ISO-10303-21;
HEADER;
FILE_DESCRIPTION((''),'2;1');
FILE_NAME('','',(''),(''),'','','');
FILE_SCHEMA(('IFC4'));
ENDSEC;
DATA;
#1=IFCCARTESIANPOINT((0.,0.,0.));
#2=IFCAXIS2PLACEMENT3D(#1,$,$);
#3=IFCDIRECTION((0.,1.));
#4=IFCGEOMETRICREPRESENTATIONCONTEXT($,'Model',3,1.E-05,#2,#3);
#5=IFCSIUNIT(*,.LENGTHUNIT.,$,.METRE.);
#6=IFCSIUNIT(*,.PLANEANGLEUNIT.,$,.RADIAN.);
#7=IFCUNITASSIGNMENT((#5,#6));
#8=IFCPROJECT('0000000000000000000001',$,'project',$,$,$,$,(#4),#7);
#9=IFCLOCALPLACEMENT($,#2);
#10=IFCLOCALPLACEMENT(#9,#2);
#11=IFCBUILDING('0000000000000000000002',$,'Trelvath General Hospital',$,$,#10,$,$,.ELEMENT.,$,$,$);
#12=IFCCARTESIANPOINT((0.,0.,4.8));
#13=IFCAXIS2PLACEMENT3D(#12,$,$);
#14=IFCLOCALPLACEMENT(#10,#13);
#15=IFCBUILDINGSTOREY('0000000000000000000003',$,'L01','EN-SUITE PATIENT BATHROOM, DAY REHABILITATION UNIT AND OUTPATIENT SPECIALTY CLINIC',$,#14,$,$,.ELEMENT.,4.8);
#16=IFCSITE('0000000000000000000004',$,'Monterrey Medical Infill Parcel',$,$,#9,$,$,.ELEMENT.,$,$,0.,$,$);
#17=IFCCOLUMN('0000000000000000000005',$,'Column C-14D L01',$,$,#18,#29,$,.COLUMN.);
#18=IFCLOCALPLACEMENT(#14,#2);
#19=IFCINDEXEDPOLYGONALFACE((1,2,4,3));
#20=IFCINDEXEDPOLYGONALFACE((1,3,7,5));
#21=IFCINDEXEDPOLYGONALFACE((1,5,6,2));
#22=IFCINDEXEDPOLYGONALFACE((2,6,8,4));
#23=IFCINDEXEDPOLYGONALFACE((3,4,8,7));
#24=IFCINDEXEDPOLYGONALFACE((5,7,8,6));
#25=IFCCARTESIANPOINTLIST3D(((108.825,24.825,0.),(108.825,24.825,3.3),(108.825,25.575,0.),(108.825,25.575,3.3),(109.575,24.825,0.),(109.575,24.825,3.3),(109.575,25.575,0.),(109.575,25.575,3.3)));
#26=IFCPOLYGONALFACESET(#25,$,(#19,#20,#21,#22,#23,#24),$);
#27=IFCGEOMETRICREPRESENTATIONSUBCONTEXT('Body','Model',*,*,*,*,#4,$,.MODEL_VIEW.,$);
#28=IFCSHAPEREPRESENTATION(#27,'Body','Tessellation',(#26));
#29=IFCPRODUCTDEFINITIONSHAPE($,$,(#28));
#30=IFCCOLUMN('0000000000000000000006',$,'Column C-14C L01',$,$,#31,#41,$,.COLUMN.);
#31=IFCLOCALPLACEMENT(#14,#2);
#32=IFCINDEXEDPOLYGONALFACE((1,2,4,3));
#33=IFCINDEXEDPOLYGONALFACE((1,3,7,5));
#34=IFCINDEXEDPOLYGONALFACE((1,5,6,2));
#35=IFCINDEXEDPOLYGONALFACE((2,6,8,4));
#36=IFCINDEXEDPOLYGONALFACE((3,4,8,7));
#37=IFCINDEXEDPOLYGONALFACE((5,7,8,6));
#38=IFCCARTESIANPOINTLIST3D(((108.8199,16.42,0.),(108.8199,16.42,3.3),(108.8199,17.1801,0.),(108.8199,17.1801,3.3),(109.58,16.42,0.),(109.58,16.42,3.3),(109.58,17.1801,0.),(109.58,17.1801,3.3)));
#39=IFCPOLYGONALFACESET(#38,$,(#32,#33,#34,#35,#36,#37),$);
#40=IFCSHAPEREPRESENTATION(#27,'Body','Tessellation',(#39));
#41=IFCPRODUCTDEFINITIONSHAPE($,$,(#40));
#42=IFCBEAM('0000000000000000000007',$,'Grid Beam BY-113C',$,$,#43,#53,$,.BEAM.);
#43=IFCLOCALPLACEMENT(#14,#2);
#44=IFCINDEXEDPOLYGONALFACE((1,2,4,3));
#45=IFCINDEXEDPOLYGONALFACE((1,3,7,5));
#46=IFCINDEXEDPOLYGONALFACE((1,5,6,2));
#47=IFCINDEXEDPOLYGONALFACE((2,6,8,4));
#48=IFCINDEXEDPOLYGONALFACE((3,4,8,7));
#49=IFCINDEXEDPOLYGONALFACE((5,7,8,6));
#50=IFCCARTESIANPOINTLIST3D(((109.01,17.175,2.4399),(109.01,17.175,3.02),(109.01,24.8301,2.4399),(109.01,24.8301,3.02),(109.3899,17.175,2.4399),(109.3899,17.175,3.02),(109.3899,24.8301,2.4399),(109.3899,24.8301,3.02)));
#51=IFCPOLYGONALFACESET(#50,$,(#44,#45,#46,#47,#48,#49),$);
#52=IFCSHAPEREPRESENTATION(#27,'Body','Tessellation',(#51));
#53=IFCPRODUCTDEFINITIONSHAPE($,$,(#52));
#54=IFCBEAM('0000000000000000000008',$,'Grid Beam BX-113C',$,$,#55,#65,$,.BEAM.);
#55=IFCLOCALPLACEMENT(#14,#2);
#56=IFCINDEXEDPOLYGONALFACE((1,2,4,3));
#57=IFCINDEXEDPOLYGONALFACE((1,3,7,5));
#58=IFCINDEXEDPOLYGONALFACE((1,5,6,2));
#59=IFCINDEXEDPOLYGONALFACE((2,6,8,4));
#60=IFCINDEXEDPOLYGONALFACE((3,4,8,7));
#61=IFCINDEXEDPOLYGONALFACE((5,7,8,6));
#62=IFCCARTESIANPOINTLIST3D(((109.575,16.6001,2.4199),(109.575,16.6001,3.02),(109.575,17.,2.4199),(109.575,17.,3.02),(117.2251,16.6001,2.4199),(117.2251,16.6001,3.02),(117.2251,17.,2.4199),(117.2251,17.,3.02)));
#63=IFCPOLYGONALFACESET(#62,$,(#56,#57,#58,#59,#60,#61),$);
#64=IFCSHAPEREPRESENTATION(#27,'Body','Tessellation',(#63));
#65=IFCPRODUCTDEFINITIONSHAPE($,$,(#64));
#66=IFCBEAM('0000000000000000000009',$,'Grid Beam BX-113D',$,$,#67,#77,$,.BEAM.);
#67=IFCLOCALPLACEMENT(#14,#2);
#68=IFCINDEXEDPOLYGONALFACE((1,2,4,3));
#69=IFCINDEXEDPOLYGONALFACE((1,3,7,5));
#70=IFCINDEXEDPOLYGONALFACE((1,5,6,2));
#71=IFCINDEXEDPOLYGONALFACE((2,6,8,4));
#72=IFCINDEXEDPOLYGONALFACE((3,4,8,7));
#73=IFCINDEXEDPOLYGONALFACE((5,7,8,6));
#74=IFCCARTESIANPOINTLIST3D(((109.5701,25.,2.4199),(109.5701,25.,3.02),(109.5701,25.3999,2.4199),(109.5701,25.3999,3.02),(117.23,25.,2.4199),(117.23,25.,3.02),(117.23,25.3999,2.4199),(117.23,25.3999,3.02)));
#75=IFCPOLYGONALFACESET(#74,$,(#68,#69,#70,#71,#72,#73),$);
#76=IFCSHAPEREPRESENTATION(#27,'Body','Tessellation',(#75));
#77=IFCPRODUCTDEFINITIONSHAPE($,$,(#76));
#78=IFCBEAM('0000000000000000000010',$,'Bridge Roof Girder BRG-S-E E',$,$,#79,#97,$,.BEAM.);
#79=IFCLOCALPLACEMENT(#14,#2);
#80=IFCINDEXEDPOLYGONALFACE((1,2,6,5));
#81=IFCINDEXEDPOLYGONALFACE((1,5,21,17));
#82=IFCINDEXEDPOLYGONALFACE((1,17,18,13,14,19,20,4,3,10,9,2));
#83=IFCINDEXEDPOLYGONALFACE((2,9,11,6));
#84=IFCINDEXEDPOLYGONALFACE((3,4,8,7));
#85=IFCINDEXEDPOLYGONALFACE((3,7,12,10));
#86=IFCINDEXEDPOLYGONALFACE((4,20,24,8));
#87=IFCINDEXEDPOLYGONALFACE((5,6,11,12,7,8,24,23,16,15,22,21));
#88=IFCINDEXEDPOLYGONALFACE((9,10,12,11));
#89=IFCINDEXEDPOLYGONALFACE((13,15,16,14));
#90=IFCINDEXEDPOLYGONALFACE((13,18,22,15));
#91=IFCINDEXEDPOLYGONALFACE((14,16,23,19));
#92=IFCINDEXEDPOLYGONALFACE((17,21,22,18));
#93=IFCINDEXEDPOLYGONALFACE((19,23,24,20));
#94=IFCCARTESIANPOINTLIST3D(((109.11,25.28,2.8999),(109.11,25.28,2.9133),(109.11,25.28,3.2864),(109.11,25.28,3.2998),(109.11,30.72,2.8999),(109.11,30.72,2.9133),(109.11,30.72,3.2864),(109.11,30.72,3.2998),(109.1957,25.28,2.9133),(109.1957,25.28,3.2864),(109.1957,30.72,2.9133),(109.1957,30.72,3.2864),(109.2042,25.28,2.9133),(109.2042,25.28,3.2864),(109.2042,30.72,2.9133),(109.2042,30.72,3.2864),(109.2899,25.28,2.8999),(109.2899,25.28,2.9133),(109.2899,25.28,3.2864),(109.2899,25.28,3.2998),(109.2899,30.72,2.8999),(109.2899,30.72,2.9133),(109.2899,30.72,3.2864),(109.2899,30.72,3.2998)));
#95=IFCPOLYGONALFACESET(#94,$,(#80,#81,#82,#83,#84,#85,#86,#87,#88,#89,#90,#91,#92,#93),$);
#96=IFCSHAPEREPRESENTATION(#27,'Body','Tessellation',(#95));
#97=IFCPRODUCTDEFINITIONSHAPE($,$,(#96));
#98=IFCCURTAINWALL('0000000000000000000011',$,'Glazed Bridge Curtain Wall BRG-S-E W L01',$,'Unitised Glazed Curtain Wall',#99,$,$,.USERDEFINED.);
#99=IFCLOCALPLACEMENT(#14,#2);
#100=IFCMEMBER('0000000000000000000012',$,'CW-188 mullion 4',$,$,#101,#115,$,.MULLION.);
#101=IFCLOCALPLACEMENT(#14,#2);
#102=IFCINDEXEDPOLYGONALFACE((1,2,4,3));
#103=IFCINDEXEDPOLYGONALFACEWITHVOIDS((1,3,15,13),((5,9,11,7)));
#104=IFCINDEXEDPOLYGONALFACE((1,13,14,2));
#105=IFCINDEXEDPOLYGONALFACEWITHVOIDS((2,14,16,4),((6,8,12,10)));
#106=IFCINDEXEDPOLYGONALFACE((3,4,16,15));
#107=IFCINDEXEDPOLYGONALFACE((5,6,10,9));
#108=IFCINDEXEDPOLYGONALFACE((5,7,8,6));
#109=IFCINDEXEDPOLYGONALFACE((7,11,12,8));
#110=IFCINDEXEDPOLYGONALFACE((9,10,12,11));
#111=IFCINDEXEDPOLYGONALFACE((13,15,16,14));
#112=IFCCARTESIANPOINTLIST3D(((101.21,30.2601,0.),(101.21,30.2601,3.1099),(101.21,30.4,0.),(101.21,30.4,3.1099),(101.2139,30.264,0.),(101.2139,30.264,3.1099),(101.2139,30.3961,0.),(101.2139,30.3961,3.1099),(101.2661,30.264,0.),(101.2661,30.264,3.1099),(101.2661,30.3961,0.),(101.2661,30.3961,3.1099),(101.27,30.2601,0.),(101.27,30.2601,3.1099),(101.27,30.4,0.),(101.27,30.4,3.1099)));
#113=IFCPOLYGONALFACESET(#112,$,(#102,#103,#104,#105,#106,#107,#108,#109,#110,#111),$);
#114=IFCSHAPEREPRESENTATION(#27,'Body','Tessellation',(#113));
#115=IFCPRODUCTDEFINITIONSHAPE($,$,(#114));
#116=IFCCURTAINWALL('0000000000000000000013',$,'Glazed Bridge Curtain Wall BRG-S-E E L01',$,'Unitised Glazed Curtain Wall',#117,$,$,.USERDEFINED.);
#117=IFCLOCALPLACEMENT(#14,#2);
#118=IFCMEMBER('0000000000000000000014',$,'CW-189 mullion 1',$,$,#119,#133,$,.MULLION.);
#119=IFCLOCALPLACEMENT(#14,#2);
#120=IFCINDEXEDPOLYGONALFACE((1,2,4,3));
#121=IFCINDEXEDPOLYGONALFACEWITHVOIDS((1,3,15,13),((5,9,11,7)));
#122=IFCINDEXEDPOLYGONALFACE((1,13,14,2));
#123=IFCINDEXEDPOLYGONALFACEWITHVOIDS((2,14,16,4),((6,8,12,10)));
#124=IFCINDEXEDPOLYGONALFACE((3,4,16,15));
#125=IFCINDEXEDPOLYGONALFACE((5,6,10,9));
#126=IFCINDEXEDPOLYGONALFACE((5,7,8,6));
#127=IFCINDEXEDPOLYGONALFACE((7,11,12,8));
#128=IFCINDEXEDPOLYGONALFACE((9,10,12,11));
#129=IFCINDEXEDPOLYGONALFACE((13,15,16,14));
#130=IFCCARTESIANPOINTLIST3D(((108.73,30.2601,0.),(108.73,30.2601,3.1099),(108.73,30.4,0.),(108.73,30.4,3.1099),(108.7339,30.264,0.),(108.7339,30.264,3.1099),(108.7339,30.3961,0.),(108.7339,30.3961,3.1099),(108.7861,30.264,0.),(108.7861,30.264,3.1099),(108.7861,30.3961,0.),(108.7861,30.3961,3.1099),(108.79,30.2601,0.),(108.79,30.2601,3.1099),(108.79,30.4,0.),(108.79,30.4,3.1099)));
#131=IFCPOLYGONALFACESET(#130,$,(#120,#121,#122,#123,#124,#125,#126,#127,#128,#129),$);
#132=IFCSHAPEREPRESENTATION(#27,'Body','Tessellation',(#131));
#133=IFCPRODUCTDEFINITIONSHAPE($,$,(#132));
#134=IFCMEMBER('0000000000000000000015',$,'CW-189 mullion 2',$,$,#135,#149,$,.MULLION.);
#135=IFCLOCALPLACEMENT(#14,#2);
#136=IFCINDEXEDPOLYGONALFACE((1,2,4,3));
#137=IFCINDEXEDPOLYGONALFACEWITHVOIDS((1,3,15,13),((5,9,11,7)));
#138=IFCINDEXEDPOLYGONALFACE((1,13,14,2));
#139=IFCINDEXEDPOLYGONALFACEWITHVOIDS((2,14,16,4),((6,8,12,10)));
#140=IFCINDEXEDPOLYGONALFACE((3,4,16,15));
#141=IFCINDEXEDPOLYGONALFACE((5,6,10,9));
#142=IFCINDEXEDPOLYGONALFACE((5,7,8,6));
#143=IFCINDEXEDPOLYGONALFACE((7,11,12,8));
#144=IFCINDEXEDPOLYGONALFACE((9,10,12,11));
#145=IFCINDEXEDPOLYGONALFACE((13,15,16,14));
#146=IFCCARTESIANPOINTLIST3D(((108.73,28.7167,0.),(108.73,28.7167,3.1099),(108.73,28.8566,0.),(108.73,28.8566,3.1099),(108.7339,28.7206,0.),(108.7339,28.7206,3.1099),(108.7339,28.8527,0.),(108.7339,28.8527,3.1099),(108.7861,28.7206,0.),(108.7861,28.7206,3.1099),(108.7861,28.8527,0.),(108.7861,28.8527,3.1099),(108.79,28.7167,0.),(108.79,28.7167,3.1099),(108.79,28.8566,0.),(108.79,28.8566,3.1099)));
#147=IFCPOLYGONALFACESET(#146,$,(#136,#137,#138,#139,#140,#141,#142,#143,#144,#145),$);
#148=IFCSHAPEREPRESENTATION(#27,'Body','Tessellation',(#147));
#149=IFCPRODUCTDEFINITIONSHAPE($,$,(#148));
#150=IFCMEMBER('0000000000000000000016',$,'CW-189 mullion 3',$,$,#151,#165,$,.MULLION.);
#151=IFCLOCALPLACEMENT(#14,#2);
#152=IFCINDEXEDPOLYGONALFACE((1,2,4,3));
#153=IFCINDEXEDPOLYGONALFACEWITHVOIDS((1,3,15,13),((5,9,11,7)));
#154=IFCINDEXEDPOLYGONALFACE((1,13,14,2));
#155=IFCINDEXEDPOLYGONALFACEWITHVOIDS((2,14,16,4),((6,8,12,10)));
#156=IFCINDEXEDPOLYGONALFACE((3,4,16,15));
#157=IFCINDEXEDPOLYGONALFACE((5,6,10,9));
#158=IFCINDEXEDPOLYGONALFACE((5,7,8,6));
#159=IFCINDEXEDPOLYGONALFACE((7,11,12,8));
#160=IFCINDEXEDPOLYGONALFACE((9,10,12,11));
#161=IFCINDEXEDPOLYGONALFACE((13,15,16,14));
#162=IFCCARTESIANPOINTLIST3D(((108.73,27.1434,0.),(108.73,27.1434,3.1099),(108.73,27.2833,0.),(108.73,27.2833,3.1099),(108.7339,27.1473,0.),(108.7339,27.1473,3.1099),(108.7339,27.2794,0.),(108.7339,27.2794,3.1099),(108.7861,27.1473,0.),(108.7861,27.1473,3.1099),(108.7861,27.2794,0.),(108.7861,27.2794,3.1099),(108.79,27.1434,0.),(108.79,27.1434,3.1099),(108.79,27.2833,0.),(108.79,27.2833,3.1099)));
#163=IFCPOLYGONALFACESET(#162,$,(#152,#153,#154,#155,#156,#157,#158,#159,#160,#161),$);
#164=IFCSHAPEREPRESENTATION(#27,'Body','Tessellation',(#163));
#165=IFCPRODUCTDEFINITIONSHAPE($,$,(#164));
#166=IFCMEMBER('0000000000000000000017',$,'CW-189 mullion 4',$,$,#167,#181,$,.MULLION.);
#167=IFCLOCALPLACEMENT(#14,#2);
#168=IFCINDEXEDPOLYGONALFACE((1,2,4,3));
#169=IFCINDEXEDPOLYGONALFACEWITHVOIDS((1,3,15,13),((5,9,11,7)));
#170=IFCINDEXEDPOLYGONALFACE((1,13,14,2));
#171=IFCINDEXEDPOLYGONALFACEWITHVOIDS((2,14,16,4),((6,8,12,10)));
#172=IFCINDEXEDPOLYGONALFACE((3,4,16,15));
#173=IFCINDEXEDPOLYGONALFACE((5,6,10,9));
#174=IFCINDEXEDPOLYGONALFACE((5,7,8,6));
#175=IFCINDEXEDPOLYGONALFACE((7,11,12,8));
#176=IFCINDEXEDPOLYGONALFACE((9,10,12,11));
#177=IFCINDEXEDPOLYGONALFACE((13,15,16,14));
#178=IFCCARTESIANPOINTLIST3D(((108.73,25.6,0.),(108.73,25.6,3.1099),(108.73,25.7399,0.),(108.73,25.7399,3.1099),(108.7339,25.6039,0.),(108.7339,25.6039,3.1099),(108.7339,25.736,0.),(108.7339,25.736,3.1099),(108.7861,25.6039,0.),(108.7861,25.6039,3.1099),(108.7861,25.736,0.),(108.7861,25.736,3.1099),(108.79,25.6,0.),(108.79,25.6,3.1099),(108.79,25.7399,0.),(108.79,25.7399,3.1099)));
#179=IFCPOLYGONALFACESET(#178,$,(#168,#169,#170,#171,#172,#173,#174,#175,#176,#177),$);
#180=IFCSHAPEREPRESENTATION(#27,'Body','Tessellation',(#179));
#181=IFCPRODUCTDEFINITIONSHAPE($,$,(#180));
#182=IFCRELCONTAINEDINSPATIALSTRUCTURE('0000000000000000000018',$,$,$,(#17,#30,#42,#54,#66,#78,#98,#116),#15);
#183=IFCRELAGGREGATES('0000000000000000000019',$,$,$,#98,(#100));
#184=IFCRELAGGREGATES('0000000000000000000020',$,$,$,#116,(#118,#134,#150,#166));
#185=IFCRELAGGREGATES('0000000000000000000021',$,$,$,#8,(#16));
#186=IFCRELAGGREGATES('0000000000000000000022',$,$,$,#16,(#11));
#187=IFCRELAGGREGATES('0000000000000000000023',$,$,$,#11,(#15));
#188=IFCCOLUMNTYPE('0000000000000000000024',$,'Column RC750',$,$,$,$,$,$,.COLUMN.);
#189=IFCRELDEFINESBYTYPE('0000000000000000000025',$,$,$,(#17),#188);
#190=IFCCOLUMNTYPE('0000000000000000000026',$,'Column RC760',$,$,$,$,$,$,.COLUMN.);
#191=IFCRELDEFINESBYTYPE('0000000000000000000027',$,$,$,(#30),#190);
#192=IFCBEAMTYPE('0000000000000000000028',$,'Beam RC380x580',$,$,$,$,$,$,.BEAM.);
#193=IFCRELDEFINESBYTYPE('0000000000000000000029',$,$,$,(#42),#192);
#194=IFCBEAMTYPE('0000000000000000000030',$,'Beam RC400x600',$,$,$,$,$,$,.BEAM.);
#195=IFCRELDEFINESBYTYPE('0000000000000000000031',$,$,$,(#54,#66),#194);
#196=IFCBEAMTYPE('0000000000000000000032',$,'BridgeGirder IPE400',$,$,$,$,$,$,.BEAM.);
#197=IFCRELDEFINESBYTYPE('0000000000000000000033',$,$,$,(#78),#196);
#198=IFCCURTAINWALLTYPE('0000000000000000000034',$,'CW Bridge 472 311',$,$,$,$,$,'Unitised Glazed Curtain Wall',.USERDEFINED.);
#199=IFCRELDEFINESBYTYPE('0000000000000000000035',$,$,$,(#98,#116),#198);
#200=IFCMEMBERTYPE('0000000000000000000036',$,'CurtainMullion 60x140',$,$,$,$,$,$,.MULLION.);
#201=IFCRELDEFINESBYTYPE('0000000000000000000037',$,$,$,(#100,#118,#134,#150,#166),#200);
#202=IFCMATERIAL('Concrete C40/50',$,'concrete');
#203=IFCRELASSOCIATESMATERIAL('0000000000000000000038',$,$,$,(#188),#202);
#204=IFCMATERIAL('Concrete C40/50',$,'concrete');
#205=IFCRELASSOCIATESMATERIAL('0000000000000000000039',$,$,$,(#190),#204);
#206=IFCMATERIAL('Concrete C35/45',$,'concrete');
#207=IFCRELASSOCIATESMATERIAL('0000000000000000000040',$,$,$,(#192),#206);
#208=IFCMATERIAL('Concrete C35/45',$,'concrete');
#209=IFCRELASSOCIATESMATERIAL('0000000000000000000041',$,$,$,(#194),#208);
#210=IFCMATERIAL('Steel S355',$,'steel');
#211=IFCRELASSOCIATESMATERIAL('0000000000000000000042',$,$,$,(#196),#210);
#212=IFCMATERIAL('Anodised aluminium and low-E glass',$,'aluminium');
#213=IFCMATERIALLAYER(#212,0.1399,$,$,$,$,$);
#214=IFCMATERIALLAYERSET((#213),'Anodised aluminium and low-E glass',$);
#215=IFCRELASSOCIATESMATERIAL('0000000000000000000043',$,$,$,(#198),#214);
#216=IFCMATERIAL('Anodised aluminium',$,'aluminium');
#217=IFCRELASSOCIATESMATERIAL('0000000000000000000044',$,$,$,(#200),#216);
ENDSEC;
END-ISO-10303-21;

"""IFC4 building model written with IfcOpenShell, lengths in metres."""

from ifc_helpers import new_model, si_unit, direction, frame, origin, origin_2d, place, context, subcontext, project, spatial, rectangle, hollow_rectangle, i_section, extrude, material, layer, layer_set, material_profile, profile_set, type_object, element, aggregate, save


model = new_model("IFC4")

# Units and contexts
model_context = context("Model", 3, precision=1e-05, world=origin(), true_north=direction((0.0, 1.0)))
body_context = subcontext(model_context, "Body", "Model", "MODEL_VIEW")
ifc_project = project(units=[si_unit("LENGTHUNIT", "METRE"), si_unit("PLANEANGLEUNIT", "RADIAN")], contexts=[model_context])

# Site, building, storey
site_placement = place(None, origin())
site = spatial("IfcSite", under=ifc_project, at=site_placement, Name="Monterrey Medical Infill Parcel", CompositionType="ELEMENT", RefElevation=0.0)
building_placement = place(site_placement, origin())
building = spatial("IfcBuilding", under=site, at=building_placement, Name="Trelvath General Hospital", CompositionType="ELEMENT")
storey_placement = place(building_placement, frame((0.0, 0.0, 4.8)))
storey = spatial("IfcBuildingStorey", under=building, at=storey_placement, Name="L01", Description="EN-SUITE PATIENT BATHROOM, DAY REHABILITATION UNIT AND OUTPATIENT SPECIALTY CLINIC", CompositionType="ELEMENT", Elevation=4.8)

# Columns
ifc_material_1 = material(Name="Concrete C40/50", Category="concrete")
ifc_material_profile_1 = material_profile(ifc_material_1, rectangle(XDim=0.75, YDim=0.75, at=origin_2d()), Name="RC750x750")
ifc_profile_set_1 = profile_set([ifc_material_profile_1], Name="Concrete C40/50")
column_type_1 = type_object("IfcColumnType", Name="Column RC750", PredefinedType="COLUMN", material=ifc_profile_set_1)
column_1_placement = place(storey_placement, frame((109.2, 25.2, 0.0), z_axis=(0.0, 0.0, 1.0), x_axis=(1.0, 0.0, 0.0)))
element("IfcColumn", 1, at=column_1_placement, inside=storey, type_object=column_type_1, Name="Column C-14D L01", PredefinedType="COLUMN", context=body_context, shape_type="SweptSolid", body=[
    extrude(rectangle(XDim=0.75, YDim=0.75, at=origin_2d()), origin(), (0.0, 0.0, 1.0), 3.3),
])
ifc_material_2 = material(Name="Concrete C40/50", Category="concrete")
ifc_material_profile_2 = material_profile(ifc_material_2, rectangle(XDim=0.76, YDim=0.76, at=origin_2d()), Name="RC760x760")
ifc_profile_set_2 = profile_set([ifc_material_profile_2], Name="Concrete C40/50")
column_type_2 = type_object("IfcColumnType", Name="Column RC760", PredefinedType="COLUMN", material=ifc_profile_set_2)
column_2_placement = place(storey_placement, frame((109.2, 16.8, 0.0), z_axis=(0.0, 0.0, 1.0), x_axis=(1.0, 0.0, 0.0)))
element("IfcColumn", 2, at=column_2_placement, inside=storey, type_object=column_type_2, Name="Column C-14C L01", PredefinedType="COLUMN", context=body_context, shape_type="SweptSolid", body=[
    extrude(rectangle(XDim=0.76, YDim=0.76, at=origin_2d()), origin(), (0.0, 0.0, 1.0), 3.3),
])

# Beams
ifc_material_3 = material(Name="Concrete C35/45", Category="concrete")
ifc_material_profile_3 = material_profile(ifc_material_3, rectangle(XDim=0.3799, YDim=0.5801, at=origin_2d()), Name="RCB380x580")
ifc_profile_set_3 = profile_set([ifc_material_profile_3], Name="Concrete C35/45")
beam_type_1 = type_object("IfcBeamType", Name="Beam RC380x580", PredefinedType="BEAM", material=ifc_profile_set_3)
beam_1_placement = place(storey_placement, frame((109.2, 17.175, 2.73), z_axis=(0.0, 1.0, 0.0), x_axis=(-1.0, 0.0, 0.0)))
element("IfcBeam", 3, at=beam_1_placement, inside=storey, type_object=beam_type_1, Name="Grid Beam BY-113C", PredefinedType="BEAM", context=body_context, shape_type="SweptSolid", body=[
    extrude(rectangle(XDim=0.3799, YDim=0.5801, at=origin_2d()), origin(), (0.0, 0.0, 1.0), 7.655),
])
ifc_material_4 = material(Name="Concrete C35/45", Category="concrete")
ifc_material_profile_4 = material_profile(ifc_material_4, rectangle(XDim=0.3999, YDim=0.6001, at=origin_2d()), Name="RCB400x600")
ifc_profile_set_4 = profile_set([ifc_material_profile_4], Name="Concrete C35/45")
beam_type_2 = type_object("IfcBeamType", Name="Beam RC400x600", PredefinedType="BEAM", material=ifc_profile_set_4)
beam_2_placement = place(storey_placement, frame((109.575, 16.8, 2.72), z_axis=(1.0, 0.0, 0.0), x_axis=(0.0, 1.0, 0.0)))
element("IfcBeam", 4, at=beam_2_placement, inside=storey, type_object=beam_type_2, Name="Grid Beam BX-113C", PredefinedType="BEAM", context=body_context, shape_type="SweptSolid", body=[
    extrude(rectangle(XDim=0.3999, YDim=0.6001, at=origin_2d()), origin(), (0.0, 0.0, 1.0), 7.6501),
])
beam_3_placement = place(storey_placement, frame((109.5701, 25.2, 2.72), z_axis=(1.0, 0.0, 0.0), x_axis=(0.0, 1.0, 0.0)))
element("IfcBeam", 5, at=beam_3_placement, inside=storey, type_object=beam_type_2, Name="Grid Beam BX-113D", PredefinedType="BEAM", context=body_context, shape_type="SweptSolid", body=[
    extrude(rectangle(XDim=0.3999, YDim=0.6001, at=origin_2d()), origin(), (0.0, 0.0, 1.0), 7.6599),
])
ifc_material_5 = material(Name="Steel S355", Category="steel")
ifc_material_profile_5 = material_profile(ifc_material_5, i_section(OverallWidth=0.1799, OverallDepth=0.3999, WebThickness=0.0085, FlangeThickness=0.0134, at=origin_2d()), Name="IPE400")
ifc_profile_set_5 = profile_set([ifc_material_profile_5], Name="Steel S355")
beam_type_3 = type_object("IfcBeamType", Name="BridgeGirder IPE400", PredefinedType="BEAM", material=ifc_profile_set_5)
beam_4_placement = place(storey_placement, frame((109.2, 25.28, 3.0999), z_axis=(0.0, 1.0, 0.0), x_axis=(-1.0, 0.0, 0.0)))
element("IfcBeam", 6, at=beam_4_placement, inside=storey, type_object=beam_type_3, Name="Bridge Roof Girder BRG-S-E E", PredefinedType="BEAM", context=body_context, shape_type="SweptSolid", body=[
    extrude(i_section(OverallWidth=0.1799, OverallDepth=0.3999, WebThickness=0.0085, FlangeThickness=0.0134, at=origin_2d()), origin(), (0.0, 0.0, 1.0), 5.4399),
])

# Curtain wall, member
ifc_material_6 = material(Name="Anodised aluminium and low-E glass", Category="aluminium")
ifc_layer_1 = layer(ifc_material_6, 0.1399)
ifc_layer_set_1 = layer_set([ifc_layer_1], Name="Anodised aluminium and low-E glass")
curtain_wall_type = type_object("IfcCurtainWallType", Name="CW Bridge 472 311", ElementType="Unitised Glazed Curtain Wall", PredefinedType="USERDEFINED", material=ifc_layer_set_1)
curtain_wall_1_placement = place(storey_placement, origin())
curtain_wall_1 = element("IfcCurtainWall", 7, at=curtain_wall_1_placement, inside=storey, type_object=curtain_wall_type, Name="Glazed Bridge Curtain Wall BRG-S-E W L01", ObjectType="Unitised Glazed Curtain Wall", PredefinedType="USERDEFINED")
ifc_material_7 = material(Name="Anodised aluminium", Category="aluminium")
ifc_material_profile_6 = material_profile(ifc_material_7, hollow_rectangle(XDim=0.0601, YDim=0.1399, WallThickness=0.0039, at=origin_2d()), Name="RHS60x140x4")
ifc_profile_set_6 = profile_set([ifc_material_profile_6], Name="Anodised aluminium")
member_type_1 = type_object("IfcMemberType", Name="CurtainMullion 60x140", PredefinedType="MULLION", material=ifc_profile_set_6)
member_1_placement = place(storey_placement, frame((101.24, 30.3301, 0.0), z_axis=(0.0, 0.0, 1.0), x_axis=(-1.0, 0.0, 0.0)))
member_1 = element("IfcMember", 8, at=member_1_placement, type_object=member_type_1, Name="CW-188 mullion 4", PredefinedType="MULLION", context=body_context, shape_type="SweptSolid", body=[
    extrude(hollow_rectangle(XDim=0.0601, YDim=0.1399, WallThickness=0.0039, at=origin_2d()), origin(), (0.0, 0.0, 1.0), 3.1099),
])

# Curtain wall, members
curtain_wall_2_placement = place(storey_placement, origin())
curtain_wall_2 = element("IfcCurtainWall", 9, at=curtain_wall_2_placement, inside=storey, type_object=curtain_wall_type, Name="Glazed Bridge Curtain Wall BRG-S-E E L01", ObjectType="Unitised Glazed Curtain Wall", PredefinedType="USERDEFINED")
member_2_placement = place(storey_placement, frame((108.76, 30.3301, 0.0), z_axis=(0.0, 0.0, 1.0), x_axis=(1.0, 0.0, 0.0)))
member_2 = element("IfcMember", 10, at=member_2_placement, type_object=member_type_1, Name="CW-189 mullion 1", PredefinedType="MULLION", context=body_context, shape_type="SweptSolid", body=[
    extrude(hollow_rectangle(XDim=0.0601, YDim=0.1399, WallThickness=0.0039, at=origin_2d()), origin(), (0.0, 0.0, 1.0), 3.1099),
])
member_3_placement = place(storey_placement, frame((108.76, 28.7866, 0.0), z_axis=(0.0, 0.0, 1.0), x_axis=(1.0, 0.0, 0.0)))
member_3 = element("IfcMember", 11, at=member_3_placement, type_object=member_type_1, Name="CW-189 mullion 2", PredefinedType="MULLION", context=body_context, shape_type="SweptSolid", body=[
    extrude(hollow_rectangle(XDim=0.0601, YDim=0.1399, WallThickness=0.0039, at=origin_2d()), origin(), (0.0, 0.0, 1.0), 3.1099),
])
member_4_placement = place(storey_placement, frame((108.76, 27.2134, 0.0), z_axis=(0.0, 0.0, 1.0), x_axis=(1.0, 0.0, 0.0)))
member_4 = element("IfcMember", 12, at=member_4_placement, type_object=member_type_1, Name="CW-189 mullion 3", PredefinedType="MULLION", context=body_context, shape_type="SweptSolid", body=[
    extrude(hollow_rectangle(XDim=0.0601, YDim=0.1399, WallThickness=0.0039, at=origin_2d()), origin(), (0.0, 0.0, 1.0), 3.1099),
])
member_5_placement = place(storey_placement, frame((108.76, 25.6699, 0.0), z_axis=(0.0, 0.0, 1.0), x_axis=(1.0, 0.0, 0.0)))
member_5 = element("IfcMember", 13, at=member_5_placement, type_object=member_type_1, Name="CW-189 mullion 4", PredefinedType="MULLION", context=body_context, shape_type="SweptSolid", body=[
    extrude(hollow_rectangle(XDim=0.0601, YDim=0.1399, WallThickness=0.0039, at=origin_2d()), origin(), (0.0, 0.0, 1.0), 3.1099),
])

aggregate(curtain_wall_1, [member_1])
aggregate(curtain_wall_2, [member_2, member_3, member_4, member_5])

save(model, "model.ifc")
